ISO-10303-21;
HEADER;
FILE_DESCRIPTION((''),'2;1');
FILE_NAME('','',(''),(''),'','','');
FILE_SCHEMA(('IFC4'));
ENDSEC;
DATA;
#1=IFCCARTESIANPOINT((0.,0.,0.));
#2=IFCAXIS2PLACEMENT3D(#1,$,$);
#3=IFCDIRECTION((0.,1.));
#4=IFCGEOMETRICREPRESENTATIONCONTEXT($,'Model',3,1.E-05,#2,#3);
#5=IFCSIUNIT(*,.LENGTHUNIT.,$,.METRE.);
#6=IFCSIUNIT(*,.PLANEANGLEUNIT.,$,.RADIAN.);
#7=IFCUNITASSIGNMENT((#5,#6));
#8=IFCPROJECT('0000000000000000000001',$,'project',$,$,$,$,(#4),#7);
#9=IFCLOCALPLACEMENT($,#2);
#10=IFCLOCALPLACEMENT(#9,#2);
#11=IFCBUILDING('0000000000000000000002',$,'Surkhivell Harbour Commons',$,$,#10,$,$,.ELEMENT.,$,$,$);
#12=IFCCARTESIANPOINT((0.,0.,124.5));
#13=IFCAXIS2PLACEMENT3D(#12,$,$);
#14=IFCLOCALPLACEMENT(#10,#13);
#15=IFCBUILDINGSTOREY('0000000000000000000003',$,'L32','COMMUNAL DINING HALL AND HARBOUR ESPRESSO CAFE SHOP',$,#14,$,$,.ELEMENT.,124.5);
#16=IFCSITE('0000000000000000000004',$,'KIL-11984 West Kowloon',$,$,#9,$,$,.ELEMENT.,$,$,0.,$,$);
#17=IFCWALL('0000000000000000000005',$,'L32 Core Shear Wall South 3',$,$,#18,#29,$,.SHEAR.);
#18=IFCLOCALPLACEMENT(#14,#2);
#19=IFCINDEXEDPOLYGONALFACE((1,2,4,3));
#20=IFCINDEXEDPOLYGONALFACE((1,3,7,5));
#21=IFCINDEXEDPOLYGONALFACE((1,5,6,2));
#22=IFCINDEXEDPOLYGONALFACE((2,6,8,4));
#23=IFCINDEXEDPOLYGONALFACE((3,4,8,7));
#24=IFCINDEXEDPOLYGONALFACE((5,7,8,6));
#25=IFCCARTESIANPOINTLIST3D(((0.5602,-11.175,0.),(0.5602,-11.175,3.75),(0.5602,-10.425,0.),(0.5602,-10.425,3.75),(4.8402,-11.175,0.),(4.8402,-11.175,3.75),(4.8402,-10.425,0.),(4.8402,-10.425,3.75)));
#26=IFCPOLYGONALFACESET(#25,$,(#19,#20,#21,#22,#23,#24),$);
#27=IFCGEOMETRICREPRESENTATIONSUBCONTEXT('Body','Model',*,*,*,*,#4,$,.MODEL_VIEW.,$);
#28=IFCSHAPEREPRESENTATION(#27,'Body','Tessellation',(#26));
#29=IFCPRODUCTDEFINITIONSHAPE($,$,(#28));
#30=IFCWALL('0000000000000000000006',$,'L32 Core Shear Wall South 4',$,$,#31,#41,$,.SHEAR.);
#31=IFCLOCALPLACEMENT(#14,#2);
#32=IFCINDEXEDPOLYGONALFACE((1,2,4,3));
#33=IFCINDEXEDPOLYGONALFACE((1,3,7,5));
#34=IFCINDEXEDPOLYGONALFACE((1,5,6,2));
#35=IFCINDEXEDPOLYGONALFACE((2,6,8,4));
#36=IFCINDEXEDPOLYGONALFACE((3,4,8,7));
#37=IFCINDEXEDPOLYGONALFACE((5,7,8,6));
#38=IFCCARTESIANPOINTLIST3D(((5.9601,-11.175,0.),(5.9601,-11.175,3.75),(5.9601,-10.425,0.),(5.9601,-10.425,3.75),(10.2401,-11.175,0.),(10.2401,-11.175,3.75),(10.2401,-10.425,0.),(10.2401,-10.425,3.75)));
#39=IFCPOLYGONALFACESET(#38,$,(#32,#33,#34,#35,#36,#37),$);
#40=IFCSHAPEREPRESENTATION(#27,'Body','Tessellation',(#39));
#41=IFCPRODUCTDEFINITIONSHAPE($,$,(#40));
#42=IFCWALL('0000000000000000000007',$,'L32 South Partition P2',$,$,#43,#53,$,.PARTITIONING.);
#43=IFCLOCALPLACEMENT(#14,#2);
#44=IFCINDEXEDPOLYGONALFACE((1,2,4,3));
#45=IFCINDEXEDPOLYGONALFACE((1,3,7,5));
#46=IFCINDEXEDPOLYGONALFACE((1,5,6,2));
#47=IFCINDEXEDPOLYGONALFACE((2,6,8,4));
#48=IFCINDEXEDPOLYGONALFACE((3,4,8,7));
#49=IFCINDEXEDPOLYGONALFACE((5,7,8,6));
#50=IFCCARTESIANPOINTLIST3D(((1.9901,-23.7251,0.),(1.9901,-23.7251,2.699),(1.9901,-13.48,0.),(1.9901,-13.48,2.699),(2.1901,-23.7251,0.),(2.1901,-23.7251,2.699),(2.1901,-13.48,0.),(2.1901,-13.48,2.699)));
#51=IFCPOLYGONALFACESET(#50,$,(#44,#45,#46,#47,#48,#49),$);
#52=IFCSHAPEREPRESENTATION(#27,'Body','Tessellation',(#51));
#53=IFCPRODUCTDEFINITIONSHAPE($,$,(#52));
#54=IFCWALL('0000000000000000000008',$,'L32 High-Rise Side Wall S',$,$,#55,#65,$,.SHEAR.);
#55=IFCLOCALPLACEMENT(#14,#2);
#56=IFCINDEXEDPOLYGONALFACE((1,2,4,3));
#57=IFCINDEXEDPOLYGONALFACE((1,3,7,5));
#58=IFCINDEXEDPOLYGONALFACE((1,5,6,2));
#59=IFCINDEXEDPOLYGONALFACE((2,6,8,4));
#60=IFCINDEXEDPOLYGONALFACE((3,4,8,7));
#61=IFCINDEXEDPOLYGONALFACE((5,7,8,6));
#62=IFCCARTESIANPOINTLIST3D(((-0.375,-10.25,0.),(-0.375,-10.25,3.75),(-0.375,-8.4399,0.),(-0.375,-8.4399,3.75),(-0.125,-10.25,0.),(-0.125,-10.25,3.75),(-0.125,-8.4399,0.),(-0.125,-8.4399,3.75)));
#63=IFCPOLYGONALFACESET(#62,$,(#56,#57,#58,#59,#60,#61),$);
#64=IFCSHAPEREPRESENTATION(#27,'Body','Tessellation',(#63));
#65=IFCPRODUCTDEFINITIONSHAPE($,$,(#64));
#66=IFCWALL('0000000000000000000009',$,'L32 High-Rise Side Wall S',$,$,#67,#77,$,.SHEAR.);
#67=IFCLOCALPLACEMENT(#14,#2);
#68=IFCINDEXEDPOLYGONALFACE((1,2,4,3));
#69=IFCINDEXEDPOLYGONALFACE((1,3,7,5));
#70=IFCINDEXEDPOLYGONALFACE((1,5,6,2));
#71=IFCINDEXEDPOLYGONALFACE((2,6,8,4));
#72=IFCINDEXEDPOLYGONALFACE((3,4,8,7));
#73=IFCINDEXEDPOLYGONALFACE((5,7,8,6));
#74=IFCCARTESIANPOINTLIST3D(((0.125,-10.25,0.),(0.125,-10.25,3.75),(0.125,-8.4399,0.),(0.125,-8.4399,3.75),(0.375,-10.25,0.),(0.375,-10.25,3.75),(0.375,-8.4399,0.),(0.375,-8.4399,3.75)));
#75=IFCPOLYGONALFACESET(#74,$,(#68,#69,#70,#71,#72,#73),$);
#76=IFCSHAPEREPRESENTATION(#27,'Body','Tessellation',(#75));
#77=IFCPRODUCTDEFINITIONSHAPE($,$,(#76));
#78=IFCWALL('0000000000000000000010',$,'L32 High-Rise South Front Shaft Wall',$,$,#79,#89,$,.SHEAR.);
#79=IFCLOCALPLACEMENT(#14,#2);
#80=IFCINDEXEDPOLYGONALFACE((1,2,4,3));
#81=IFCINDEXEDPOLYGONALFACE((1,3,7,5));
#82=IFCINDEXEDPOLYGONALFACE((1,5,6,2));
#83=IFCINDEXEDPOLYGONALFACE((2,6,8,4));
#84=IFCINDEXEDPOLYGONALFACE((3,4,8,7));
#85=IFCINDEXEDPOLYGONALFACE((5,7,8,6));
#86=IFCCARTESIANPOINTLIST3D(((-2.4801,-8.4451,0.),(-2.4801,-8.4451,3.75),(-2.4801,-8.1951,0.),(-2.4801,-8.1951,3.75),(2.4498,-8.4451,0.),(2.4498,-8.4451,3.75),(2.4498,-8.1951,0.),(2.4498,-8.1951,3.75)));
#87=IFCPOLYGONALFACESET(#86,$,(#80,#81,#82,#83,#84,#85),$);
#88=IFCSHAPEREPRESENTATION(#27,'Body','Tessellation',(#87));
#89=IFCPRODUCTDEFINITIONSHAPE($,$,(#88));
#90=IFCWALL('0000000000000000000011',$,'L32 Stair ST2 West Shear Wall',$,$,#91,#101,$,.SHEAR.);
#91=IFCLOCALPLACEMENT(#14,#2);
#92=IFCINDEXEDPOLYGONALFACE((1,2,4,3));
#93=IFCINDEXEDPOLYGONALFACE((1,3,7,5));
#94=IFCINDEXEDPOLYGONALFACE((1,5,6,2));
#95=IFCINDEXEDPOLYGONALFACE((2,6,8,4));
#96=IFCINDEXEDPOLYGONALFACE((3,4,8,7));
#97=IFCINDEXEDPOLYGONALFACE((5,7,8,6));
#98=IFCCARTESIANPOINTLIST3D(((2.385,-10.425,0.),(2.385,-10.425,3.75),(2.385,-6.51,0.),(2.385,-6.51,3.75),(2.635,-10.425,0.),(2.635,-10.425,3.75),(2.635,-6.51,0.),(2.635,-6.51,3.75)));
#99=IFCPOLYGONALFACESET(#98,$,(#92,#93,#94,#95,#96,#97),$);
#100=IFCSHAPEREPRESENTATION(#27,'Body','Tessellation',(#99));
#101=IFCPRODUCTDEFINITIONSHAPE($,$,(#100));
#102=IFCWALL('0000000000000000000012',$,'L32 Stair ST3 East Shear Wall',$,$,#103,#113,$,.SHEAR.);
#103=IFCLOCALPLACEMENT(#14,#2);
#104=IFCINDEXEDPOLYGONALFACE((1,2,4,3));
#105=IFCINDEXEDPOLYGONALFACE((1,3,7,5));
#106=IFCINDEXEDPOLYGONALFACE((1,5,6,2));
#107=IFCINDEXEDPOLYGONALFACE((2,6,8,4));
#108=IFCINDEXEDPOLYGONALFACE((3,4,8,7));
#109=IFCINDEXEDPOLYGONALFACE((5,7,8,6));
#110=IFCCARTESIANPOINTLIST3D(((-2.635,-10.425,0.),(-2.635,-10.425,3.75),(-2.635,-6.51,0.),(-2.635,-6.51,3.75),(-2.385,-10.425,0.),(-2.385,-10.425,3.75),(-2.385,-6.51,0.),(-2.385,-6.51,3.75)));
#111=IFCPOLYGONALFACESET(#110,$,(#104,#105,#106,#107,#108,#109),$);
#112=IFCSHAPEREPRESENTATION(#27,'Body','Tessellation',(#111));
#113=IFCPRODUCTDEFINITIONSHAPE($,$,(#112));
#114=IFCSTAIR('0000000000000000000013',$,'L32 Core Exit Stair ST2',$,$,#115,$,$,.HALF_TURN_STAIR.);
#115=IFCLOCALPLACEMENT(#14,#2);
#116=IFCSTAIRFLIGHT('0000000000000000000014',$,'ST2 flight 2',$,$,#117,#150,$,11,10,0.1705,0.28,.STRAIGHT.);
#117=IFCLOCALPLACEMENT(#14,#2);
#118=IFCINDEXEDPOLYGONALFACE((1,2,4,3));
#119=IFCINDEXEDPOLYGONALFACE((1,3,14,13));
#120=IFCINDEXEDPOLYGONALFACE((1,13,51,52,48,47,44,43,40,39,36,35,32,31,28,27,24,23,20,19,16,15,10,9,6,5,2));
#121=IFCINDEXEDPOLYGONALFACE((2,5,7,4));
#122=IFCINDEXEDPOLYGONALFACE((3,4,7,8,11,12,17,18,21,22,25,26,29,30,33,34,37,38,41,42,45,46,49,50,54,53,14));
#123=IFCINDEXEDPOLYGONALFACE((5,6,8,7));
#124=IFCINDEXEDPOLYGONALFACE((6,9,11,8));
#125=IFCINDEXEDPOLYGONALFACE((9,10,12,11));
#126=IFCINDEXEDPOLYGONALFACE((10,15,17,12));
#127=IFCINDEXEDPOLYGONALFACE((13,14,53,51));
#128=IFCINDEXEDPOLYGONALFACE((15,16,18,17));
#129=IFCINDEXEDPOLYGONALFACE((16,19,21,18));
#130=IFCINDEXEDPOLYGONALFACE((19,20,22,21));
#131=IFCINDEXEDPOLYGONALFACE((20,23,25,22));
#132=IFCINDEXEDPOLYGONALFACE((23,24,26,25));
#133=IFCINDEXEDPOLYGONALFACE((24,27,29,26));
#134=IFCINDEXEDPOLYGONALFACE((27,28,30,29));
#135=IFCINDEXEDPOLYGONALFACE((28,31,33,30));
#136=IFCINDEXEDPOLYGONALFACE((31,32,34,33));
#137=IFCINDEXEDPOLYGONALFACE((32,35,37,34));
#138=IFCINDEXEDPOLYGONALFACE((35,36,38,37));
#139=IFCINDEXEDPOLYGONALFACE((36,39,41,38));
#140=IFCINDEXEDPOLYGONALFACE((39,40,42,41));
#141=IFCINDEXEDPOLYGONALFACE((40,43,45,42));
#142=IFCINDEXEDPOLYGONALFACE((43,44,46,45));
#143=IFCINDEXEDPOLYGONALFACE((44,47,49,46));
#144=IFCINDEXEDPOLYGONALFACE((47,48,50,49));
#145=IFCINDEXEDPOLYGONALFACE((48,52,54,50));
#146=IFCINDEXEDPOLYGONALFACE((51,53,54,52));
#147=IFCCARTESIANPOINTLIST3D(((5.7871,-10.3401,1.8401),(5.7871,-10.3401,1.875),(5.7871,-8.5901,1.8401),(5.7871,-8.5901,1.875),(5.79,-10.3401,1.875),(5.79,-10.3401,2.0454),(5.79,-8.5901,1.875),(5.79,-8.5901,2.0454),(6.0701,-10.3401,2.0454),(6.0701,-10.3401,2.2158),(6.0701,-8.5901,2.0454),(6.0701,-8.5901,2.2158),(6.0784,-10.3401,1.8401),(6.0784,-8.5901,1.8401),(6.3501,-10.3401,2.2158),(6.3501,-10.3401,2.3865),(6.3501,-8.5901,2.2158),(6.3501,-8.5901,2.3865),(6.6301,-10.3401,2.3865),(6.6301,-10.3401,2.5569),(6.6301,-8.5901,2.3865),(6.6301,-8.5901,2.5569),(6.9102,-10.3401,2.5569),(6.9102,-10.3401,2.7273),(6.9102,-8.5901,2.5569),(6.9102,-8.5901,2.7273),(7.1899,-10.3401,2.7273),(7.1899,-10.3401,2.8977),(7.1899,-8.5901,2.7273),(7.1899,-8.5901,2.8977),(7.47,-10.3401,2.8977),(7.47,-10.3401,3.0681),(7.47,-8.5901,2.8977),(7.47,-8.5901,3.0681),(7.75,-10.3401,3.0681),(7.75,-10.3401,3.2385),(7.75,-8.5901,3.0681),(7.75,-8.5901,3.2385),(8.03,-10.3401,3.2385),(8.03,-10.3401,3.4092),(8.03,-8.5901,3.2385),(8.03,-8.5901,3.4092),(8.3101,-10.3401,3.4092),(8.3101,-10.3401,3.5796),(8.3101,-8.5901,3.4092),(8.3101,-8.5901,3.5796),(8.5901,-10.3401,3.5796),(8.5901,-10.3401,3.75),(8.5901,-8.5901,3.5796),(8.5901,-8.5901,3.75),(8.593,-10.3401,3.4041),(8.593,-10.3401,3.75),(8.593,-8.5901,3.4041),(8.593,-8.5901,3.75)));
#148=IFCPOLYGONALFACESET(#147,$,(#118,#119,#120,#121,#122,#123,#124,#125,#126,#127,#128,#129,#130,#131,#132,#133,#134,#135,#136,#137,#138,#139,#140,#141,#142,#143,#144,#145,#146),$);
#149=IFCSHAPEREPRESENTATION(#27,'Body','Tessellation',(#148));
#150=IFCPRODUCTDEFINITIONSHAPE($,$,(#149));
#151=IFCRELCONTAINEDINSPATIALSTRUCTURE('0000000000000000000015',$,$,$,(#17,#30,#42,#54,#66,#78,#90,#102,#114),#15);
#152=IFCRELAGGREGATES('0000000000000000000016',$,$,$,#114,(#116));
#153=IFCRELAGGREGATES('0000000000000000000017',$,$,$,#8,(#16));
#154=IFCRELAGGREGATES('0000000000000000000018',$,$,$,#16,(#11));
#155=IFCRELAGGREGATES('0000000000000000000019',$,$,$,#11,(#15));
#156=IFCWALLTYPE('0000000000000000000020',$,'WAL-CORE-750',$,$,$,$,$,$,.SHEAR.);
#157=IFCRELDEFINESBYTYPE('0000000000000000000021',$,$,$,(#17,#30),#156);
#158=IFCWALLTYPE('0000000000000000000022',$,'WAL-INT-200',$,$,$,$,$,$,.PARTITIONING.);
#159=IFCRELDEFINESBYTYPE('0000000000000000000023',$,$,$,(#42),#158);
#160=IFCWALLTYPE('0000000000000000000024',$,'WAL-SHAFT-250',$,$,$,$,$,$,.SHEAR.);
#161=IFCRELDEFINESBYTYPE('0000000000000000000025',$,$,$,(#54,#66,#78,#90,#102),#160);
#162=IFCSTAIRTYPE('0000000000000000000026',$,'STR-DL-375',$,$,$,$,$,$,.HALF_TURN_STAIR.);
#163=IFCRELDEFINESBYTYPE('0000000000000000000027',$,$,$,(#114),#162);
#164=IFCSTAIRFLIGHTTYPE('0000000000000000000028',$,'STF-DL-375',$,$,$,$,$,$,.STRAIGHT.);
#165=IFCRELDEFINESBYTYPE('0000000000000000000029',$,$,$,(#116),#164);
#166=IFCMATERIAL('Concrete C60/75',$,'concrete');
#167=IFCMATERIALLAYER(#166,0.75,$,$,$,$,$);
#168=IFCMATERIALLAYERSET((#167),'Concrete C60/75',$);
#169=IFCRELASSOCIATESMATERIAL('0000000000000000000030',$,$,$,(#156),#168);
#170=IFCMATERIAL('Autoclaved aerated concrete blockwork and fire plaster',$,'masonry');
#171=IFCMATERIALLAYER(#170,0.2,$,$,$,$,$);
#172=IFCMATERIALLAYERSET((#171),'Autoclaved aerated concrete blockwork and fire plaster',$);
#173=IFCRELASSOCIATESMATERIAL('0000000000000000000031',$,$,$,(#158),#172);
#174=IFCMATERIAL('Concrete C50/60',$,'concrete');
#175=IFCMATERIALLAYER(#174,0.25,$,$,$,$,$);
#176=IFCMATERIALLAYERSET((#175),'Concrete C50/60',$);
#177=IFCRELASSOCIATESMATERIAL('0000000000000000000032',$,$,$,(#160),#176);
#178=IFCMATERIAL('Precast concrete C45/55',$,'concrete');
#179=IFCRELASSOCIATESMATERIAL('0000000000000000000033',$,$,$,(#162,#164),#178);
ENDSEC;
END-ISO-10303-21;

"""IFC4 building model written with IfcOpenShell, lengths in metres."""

from ifc_helpers import new_model, si_unit, direction, frame, frame_2d, origin, place, context, subcontext, project, spatial, polyline, rectangle, outline, extrude, material, layer, layer_set, type_object, element, aggregate, save


model = new_model("IFC4")

# Units and contexts
model_context = context("Model", 3, precision=1e-05, world=origin(), true_north=direction((0.0, 1.0)))
body_context = subcontext(model_context, "Body", "Model", "MODEL_VIEW")
ifc_project = project(units=[si_unit("LENGTHUNIT", "METRE"), si_unit("PLANEANGLEUNIT", "RADIAN")], contexts=[model_context])

# Site, building, storey
site_placement = place(None, origin())
site = spatial("IfcSite", under=ifc_project, at=site_placement, Name="KIL-11984 West Kowloon", CompositionType="ELEMENT", RefElevation=0.0)
building_placement = place(site_placement, origin())
building = spatial("IfcBuilding", under=site, at=building_placement, Name="Surkhivell Harbour Commons", CompositionType="ELEMENT")
storey_placement = place(building_placement, frame((0.0, 0.0, 124.5)))
storey = spatial("IfcBuildingStorey", under=building, at=storey_placement, Name="L32", Description="COMMUNAL DINING HALL AND HARBOUR ESPRESSO CAFE SHOP", CompositionType="ELEMENT", Elevation=124.5)

# Shared definitions
ifc_material_1 = material(Name="Concrete C60/75", Category="concrete")

# Walls
ifc_layer_1 = layer(ifc_material_1, 0.75)
ifc_layer_set_1 = layer_set([ifc_layer_1], Name="Concrete C60/75")
wall_type_1 = type_object("IfcWallType", Name="WAL-CORE-750", PredefinedType="SHEAR", material=ifc_layer_set_1)
for number, where, z_axis, x_axis, name in (
    (1, (0.5601, -10.8, 0.0), (0.0, 0.0, 1.0), (1.0, 0.0, 0.0), "L32 Core Shear Wall South 3"),
    (2, (5.96, -10.8, 0.0), (0.0, 0.0, 1.0), (1.0, 0.0, 0.0), "L32 Core Shear Wall South 4"),
):
    element("IfcWall", number, at=place(storey_placement, frame(where, z_axis=z_axis, x_axis=x_axis)), inside=storey, type_object=wall_type_1, Name=name, PredefinedType="SHEAR", context=body_context, shape_type="SweptSolid", body=[
        extrude(rectangle(XDim=4.28, YDim=0.75, at=frame_2d((2.1401, 0.0))), origin(), (0.0, 0.0, 1.0), 3.75),
    ])
ifc_material_2 = material(Name="Autoclaved aerated concrete blockwork and fire plaster", Category="masonry")
ifc_layer_2 = layer(ifc_material_2, 0.2)
ifc_layer_set_2 = layer_set([ifc_layer_2], Name="Autoclaved aerated concrete blockwork and fire plaster")
wall_type_2 = type_object("IfcWallType", Name="WAL-INT-200", PredefinedType="PARTITIONING", material=ifc_layer_set_2)
wall_1_placement = place(storey_placement, frame((2.0901, -23.7251, 0.0), z_axis=(0.0, 0.0, 1.0), x_axis=(0.0, 1.0, 0.0)))
element("IfcWall", 3, at=wall_1_placement, inside=storey, type_object=wall_type_2, Name="L32 South Partition P2", PredefinedType="PARTITIONING", context=body_context, shape_type="SweptSolid", body=[
    extrude(rectangle(XDim=10.2451, YDim=0.2, at=frame_2d((5.1226, 0.0))), origin(), (0.0, 0.0, 1.0), 2.699),
])
ifc_material_3 = material(Name="Concrete C50/60", Category="concrete")
ifc_layer_3 = layer(ifc_material_3, 0.25)
ifc_layer_set_3 = layer_set([ifc_layer_3], Name="Concrete C50/60")
wall_type_3 = type_object("IfcWallType", Name="WAL-SHAFT-250", PredefinedType="SHEAR", material=ifc_layer_set_3)
for number, where, z_axis, x_axis, name in (
    (4, (-0.25, -10.25, 0.0), (0.0, 0.0, 1.0), (0.0, 1.0, 0.0), "L32 High-Rise Side Wall S"),
    (5, (0.25, -10.25, 0.0), (0.0, 0.0, 1.0), (0.0, 1.0, 0.0), "L32 High-Rise Side Wall S"),
):
    element("IfcWall", number, at=place(storey_placement, frame(where, z_axis=z_axis, x_axis=x_axis)), inside=storey, type_object=wall_type_3, Name=name, PredefinedType="SHEAR", context=body_context, shape_type="SweptSolid", body=[
        extrude(rectangle(XDim=1.8101, YDim=0.25, at=frame_2d((0.905, 0.0))), origin(), (0.0, 0.0, 1.0), 3.75),
    ])
wall_2_placement = place(storey_placement, frame((-2.48, -8.3201, 0.0), z_axis=(0.0, 0.0, 1.0), x_axis=(1.0, 0.0, 0.0)))
element("IfcWall", 6, at=wall_2_placement, inside=storey, type_object=wall_type_3, Name="L32 High-Rise South Front Shaft Wall", PredefinedType="SHEAR", context=body_context, shape_type="SweptSolid", body=[
    extrude(rectangle(XDim=4.9299, YDim=0.25, at=frame_2d((2.4648, 0.0))), origin(), (0.0, 0.0, 1.0), 3.75),
])
for number, where, z_axis, x_axis, name in (
    (7, (2.51, -10.425, 0.0), (0.0, 0.0, 1.0), (0.0, 1.0, 0.0), "L32 Stair ST2 West Shear Wall"),
    (8, (-2.51, -10.425, 0.0), (0.0, 0.0, 1.0), (0.0, 1.0, 0.0), "L32 Stair ST3 East Shear Wall"),
):
    element("IfcWall", number, at=place(storey_placement, frame(where, z_axis=z_axis, x_axis=x_axis)), inside=storey, type_object=wall_type_3, Name=name, PredefinedType="SHEAR", context=body_context, shape_type="SweptSolid", body=[
        extrude(rectangle(XDim=3.915, YDim=0.25, at=frame_2d((1.9575, 0.0))), origin(), (0.0, 0.0, 1.0), 3.75),
    ])

# Stair, stair flight
ifc_material_4 = material(Name="Precast concrete C45/55", Category="concrete")
stair_type = type_object("IfcStairType", Name="STR-DL-375", PredefinedType="HALF_TURN_STAIR", material=ifc_material_4)
stair_placement = place(storey_placement, origin())
stair = element("IfcStair", 9, at=stair_placement, inside=storey, type_object=stair_type, Name="L32 Core Exit Stair ST2", PredefinedType="HALF_TURN_STAIR")
stair_flight_type = type_object("IfcStairFlightType", Name="STF-DL-375", PredefinedType="STRAIGHT", material=ifc_material_4)
stair_flight_placement = place(storey_placement, frame((5.79, -9.4651, 1.875), z_axis=(0.0, 0.0, 1.0), x_axis=(1.0, 0.0, 0.0)))
stair_flight = element("IfcStairFlight", 10, at=stair_flight_placement, type_object=stair_flight_type, Name="ST2 flight 2", NumberOfRisers=11, NumberOfTreads=10, PredefinedType="STRAIGHT", RiserHeight=0.1705, TreadLength=0.28, context=body_context, shape_type="SweptSolid", body=[
    extrude(outline(polyline([(-0.0029, -0.0349), (-0.0029, 0.0), (0.0, 0.0), (0.0, 0.1704), (0.28, 0.1704), (0.28, 0.3408), (0.5601, 0.3408), (0.5601, 0.5115), (0.8401, 0.5115), (0.8401, 0.6819), (1.1201, 0.6819), (1.1201, 0.8523), (1.3999, 0.8523), (1.3999, 1.0227), (1.6799, 1.0227), (1.6799, 1.1931), (1.96, 1.1931), (1.96, 1.3635), (2.24, 1.3635), (2.24, 1.5342), (2.52, 1.5342), (2.52, 1.7046), (2.8, 1.7046), (2.8, 1.875), (2.803, 1.875), (2.803, 1.5291), (0.2883, -0.0349), (-0.0029, -0.0349)])), frame((0.0, 0.875, 0.0), z_axis=(0.0, -1.0, 0.0), x_axis=(1.0, 0.0, 0.0)), (0.0, 0.0, 1.0), 1.75),
])
aggregate(stair, [stair_flight])

save(model, "model.ifc")
